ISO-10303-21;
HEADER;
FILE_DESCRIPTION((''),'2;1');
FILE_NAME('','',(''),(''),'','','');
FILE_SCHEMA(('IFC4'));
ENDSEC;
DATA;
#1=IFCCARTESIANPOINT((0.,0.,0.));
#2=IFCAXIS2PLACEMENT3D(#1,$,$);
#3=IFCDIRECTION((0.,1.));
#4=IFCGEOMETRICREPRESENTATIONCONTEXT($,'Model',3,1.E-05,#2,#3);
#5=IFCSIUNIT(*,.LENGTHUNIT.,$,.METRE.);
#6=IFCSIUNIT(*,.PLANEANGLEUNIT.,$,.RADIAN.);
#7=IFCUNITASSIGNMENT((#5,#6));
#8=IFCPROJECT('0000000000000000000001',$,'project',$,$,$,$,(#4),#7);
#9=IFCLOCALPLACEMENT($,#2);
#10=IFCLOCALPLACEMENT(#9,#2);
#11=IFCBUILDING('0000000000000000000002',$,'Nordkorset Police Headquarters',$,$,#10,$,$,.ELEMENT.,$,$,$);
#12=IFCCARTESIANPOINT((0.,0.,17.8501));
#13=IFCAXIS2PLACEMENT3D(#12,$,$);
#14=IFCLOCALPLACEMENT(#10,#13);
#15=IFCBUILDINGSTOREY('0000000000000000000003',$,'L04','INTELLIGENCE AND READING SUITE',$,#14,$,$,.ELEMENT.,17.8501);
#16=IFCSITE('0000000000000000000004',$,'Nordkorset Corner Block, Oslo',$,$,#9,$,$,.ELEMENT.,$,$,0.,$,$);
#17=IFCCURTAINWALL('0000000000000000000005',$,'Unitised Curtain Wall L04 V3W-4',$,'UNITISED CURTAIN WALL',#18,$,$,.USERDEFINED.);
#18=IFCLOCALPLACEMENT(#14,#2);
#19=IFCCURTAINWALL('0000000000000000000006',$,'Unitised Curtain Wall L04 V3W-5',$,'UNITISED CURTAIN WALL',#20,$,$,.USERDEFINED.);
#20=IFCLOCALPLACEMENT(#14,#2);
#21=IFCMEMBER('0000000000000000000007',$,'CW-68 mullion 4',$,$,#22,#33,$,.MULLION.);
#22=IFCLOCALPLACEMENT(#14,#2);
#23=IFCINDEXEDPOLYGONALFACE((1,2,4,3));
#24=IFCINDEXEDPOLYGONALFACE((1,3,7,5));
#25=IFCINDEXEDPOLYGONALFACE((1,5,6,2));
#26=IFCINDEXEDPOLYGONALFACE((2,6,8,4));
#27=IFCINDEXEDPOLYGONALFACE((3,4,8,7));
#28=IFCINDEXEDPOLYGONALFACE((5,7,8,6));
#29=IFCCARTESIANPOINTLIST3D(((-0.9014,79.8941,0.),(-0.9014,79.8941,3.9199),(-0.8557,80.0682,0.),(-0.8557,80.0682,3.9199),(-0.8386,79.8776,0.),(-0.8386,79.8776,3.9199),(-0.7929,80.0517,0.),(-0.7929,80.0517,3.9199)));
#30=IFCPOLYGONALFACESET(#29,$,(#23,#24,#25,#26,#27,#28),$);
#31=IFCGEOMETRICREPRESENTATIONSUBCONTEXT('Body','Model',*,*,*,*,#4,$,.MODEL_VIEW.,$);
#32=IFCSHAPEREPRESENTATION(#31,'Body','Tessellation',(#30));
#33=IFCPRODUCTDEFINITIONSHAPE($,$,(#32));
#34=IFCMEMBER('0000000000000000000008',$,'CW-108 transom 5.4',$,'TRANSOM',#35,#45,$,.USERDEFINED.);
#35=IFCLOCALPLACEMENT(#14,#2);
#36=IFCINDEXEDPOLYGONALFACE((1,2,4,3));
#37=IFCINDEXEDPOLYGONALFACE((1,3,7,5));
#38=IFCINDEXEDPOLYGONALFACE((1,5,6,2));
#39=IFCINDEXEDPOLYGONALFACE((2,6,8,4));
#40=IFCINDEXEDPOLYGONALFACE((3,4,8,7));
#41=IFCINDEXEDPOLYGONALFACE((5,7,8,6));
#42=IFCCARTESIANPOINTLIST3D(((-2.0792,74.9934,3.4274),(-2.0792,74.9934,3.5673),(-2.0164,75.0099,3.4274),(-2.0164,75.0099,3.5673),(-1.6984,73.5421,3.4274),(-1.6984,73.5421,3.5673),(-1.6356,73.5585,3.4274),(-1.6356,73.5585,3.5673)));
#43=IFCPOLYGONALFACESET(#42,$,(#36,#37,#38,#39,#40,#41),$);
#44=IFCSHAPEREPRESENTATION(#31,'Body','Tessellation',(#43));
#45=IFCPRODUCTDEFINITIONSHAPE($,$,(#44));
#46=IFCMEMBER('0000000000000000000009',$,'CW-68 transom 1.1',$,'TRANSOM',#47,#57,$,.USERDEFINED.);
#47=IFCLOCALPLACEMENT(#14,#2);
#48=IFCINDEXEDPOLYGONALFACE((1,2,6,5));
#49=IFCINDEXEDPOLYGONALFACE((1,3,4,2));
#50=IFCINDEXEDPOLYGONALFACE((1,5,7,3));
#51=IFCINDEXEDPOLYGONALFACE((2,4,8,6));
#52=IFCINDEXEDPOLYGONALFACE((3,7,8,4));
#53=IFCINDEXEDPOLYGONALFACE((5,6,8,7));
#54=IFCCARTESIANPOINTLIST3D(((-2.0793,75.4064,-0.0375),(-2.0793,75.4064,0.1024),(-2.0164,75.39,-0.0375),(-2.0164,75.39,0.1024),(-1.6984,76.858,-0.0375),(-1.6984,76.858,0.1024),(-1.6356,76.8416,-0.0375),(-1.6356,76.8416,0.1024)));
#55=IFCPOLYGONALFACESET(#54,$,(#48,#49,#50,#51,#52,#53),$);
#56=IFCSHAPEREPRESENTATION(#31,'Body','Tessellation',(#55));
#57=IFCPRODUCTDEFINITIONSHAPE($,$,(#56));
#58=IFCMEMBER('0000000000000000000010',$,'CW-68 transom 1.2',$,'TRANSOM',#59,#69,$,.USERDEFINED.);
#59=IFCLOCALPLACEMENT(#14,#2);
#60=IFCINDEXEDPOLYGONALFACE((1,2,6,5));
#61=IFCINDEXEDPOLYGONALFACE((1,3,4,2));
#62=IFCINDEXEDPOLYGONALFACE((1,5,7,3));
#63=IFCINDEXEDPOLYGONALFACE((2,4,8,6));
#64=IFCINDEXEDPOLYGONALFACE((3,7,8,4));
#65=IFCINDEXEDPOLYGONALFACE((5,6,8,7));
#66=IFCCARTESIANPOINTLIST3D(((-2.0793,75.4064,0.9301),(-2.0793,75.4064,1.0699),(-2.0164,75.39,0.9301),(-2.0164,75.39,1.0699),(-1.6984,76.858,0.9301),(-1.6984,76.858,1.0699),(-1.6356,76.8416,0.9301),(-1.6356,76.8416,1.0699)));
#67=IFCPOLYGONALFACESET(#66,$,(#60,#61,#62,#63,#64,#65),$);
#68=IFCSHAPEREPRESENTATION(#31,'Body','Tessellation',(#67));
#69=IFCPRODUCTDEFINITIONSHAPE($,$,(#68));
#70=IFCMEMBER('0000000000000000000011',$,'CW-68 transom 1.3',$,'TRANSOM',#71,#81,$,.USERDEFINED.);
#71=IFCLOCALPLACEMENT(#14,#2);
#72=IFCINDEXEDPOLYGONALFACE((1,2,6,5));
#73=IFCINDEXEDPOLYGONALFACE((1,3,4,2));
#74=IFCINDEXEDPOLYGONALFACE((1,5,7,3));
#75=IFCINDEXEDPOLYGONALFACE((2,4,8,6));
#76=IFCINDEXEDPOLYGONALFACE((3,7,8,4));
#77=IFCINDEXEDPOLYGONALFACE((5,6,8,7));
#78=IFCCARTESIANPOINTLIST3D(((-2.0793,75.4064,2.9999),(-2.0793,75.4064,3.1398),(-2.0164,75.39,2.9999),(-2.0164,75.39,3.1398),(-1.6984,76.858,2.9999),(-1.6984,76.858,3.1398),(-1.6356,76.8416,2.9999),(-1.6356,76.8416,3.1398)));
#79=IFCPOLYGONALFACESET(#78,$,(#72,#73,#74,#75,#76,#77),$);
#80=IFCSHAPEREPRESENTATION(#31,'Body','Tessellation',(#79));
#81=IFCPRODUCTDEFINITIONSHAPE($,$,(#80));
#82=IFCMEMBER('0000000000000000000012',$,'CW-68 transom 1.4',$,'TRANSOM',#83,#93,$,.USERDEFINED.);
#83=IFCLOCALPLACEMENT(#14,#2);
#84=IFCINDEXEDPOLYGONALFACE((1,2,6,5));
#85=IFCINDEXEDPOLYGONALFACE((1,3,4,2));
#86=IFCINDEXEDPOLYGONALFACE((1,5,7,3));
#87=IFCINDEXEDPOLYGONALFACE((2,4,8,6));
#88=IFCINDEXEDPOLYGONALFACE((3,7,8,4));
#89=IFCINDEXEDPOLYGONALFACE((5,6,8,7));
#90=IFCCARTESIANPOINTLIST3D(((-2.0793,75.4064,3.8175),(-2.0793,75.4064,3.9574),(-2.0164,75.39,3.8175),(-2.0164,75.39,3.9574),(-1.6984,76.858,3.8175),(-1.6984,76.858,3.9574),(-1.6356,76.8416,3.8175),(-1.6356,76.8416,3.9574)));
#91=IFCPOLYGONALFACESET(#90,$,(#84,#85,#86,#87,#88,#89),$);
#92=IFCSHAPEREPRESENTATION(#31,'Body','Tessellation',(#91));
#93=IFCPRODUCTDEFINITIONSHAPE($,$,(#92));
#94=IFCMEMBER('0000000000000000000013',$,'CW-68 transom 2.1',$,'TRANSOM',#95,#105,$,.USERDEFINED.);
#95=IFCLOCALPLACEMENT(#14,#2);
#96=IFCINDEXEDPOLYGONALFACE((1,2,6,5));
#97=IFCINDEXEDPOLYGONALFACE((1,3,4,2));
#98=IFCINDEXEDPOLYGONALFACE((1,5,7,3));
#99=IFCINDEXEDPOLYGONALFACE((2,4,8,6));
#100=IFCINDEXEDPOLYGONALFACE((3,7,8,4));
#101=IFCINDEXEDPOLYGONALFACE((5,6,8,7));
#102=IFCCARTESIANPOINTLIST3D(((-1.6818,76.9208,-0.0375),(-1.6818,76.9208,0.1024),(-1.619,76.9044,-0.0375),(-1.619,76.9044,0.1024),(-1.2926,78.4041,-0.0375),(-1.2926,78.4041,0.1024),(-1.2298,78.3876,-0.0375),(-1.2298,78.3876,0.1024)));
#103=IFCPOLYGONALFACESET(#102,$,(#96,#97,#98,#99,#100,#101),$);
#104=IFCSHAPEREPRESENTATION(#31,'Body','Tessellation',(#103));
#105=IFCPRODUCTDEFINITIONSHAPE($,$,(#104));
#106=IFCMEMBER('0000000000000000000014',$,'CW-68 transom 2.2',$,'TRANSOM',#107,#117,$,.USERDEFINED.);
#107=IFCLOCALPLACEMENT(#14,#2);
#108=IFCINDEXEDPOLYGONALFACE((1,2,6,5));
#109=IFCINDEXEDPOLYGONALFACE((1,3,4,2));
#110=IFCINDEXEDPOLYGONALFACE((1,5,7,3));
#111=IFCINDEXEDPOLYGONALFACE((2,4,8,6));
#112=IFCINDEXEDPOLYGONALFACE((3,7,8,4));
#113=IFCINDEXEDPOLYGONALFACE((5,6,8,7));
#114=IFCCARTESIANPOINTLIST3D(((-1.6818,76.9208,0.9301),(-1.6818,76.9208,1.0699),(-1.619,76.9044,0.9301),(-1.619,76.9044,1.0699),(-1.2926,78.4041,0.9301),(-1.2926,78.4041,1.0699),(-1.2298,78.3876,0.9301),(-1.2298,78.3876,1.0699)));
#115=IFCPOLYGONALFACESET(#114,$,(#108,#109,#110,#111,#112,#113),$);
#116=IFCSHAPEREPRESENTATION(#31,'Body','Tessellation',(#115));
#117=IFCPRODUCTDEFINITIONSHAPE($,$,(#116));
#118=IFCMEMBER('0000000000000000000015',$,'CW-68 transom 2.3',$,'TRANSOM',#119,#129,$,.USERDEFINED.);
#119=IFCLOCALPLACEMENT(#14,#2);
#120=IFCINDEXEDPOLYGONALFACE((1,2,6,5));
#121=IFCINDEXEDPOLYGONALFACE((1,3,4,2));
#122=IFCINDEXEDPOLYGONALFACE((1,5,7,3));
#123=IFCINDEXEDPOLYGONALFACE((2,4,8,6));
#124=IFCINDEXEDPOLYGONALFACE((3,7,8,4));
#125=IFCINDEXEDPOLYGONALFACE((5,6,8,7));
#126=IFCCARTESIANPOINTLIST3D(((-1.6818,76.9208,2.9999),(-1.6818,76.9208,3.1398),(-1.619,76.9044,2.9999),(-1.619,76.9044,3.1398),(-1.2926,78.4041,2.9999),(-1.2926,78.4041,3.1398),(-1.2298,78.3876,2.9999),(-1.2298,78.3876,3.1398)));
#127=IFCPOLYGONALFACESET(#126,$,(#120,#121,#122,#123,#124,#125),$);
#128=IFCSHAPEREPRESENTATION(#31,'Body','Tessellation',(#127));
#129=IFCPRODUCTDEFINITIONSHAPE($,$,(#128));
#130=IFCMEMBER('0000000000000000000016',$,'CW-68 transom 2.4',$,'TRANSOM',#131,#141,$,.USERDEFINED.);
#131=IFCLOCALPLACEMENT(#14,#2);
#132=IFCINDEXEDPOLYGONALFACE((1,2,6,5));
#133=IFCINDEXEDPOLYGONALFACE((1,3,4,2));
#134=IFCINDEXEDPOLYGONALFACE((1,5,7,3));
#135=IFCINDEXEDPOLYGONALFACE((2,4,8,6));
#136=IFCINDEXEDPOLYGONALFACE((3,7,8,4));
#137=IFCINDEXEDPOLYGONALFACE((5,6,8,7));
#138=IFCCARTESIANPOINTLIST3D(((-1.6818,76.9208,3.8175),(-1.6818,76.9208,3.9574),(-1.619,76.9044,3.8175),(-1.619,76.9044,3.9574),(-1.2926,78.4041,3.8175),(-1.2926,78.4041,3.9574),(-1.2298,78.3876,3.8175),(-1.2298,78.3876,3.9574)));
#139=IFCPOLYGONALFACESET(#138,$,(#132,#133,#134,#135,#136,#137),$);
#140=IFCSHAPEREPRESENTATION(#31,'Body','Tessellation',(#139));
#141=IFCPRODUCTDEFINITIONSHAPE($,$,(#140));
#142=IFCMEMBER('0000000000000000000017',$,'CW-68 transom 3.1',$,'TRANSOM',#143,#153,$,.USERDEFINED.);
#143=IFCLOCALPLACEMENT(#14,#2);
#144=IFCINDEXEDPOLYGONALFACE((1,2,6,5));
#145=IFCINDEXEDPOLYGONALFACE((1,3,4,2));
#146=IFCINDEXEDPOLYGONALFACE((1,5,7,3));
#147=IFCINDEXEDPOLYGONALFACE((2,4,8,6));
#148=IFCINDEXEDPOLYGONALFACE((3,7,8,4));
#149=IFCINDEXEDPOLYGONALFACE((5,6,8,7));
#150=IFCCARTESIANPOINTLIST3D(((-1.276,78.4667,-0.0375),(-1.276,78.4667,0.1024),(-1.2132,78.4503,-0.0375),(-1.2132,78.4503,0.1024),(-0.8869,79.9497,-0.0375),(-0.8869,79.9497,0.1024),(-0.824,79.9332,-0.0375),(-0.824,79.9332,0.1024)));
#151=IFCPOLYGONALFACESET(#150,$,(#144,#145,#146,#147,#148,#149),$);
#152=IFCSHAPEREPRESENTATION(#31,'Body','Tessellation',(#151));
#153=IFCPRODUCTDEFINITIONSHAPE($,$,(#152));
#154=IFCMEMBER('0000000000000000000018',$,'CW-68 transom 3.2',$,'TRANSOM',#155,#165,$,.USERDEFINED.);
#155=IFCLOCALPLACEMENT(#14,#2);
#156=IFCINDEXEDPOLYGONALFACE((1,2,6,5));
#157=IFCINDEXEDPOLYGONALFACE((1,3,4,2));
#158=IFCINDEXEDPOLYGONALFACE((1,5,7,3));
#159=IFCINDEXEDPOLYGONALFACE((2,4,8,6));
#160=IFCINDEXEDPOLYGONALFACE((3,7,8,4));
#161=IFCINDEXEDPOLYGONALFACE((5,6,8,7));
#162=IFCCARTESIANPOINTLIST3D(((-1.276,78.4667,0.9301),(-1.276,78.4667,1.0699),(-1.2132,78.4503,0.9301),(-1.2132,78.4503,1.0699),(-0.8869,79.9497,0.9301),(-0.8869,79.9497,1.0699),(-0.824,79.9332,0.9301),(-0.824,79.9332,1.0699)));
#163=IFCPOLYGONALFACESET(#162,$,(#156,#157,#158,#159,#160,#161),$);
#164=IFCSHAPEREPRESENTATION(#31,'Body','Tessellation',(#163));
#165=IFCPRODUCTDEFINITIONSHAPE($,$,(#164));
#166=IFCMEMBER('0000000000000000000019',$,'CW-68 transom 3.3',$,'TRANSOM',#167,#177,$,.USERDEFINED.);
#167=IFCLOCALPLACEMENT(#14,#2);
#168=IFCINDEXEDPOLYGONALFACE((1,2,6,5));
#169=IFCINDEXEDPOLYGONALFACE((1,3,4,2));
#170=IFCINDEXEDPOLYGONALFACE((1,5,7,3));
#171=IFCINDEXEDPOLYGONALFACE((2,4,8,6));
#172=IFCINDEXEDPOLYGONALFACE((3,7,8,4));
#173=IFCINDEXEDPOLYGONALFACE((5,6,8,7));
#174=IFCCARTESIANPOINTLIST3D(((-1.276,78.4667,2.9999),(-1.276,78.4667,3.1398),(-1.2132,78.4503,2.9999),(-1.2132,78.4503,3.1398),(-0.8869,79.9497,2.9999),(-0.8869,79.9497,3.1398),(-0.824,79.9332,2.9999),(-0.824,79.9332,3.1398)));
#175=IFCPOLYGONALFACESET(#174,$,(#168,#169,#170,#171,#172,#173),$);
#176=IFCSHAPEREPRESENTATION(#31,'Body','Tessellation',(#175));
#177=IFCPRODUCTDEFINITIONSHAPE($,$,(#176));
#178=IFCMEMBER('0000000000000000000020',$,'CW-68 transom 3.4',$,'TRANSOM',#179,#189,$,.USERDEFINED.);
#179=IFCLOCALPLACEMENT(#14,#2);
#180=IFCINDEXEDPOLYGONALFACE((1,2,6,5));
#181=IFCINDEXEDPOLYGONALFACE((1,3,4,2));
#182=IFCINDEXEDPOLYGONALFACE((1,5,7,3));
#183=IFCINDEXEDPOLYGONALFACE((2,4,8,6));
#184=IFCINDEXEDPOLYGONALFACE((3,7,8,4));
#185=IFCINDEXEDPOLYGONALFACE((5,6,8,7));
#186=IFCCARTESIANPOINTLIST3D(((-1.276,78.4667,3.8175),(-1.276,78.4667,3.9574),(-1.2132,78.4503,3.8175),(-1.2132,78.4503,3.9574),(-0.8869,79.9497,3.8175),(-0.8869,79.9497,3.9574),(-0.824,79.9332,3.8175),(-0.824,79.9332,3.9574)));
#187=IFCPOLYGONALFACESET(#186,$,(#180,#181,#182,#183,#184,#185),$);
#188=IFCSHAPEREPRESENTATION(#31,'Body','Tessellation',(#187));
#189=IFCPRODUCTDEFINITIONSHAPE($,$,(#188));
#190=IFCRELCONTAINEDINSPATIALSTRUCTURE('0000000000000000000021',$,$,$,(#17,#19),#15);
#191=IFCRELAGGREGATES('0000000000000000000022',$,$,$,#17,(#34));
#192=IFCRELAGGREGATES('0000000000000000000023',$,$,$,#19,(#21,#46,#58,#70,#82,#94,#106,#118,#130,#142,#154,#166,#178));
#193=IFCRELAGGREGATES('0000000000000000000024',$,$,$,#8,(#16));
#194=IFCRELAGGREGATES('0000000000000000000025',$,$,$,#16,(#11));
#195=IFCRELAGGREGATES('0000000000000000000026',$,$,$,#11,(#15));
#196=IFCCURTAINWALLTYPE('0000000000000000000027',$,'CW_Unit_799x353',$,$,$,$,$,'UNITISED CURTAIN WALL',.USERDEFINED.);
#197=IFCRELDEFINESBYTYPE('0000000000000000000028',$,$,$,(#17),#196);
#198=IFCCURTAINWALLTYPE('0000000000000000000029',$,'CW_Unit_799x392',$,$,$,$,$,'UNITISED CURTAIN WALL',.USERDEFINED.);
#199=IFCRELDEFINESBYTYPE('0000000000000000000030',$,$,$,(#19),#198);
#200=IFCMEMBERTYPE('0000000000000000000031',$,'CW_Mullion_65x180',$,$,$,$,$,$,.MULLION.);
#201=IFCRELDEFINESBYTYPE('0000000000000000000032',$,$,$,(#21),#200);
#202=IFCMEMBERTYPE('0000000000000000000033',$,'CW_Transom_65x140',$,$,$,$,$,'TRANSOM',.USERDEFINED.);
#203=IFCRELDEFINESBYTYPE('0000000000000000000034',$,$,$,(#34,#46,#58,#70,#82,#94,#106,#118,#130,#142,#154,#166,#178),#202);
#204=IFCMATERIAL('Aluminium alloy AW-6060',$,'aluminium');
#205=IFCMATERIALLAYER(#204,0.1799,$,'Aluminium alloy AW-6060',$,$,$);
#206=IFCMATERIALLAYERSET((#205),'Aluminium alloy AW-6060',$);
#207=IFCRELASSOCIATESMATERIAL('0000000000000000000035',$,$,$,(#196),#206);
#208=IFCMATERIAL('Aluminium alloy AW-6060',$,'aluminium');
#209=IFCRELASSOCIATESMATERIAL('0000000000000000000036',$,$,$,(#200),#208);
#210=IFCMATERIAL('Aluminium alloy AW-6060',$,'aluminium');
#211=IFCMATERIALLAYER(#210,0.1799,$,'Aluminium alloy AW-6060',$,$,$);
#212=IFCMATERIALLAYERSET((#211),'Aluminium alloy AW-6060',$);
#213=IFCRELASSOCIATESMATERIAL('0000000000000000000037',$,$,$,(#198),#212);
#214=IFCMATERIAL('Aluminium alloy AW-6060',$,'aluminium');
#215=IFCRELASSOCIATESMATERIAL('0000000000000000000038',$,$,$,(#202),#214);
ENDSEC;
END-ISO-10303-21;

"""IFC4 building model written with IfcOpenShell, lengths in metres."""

from ifc_helpers import new_model, si_unit, direction, frame, origin, origin_2d, place, context, subcontext, project, spatial, rectangle, extrude, material, layer, layer_set, material_profile, profile_set, type_object, element, aggregate, save


model = new_model("IFC4")

# Units and contexts
model_context = context("Model", 3, precision=1e-05, world=origin(), true_north=direction((0.0, 1.0)))
body_context = subcontext(model_context, "Body", "Model", "MODEL_VIEW")
ifc_project = project(units=[si_unit("LENGTHUNIT", "METRE"), si_unit("PLANEANGLEUNIT", "RADIAN")], contexts=[model_context])

# Site, building, storey
site_placement = place(None, origin())
site = spatial("IfcSite", under=ifc_project, at=site_placement, Name="Nordkorset Corner Block, Oslo", CompositionType="ELEMENT", RefElevation=0.0)
building_placement = place(site_placement, origin())
building = spatial("IfcBuilding", under=site, at=building_placement, Name="Nordkorset Police Headquarters", CompositionType="ELEMENT")
storey_placement = place(building_placement, frame((0.0, 0.0, 17.8501)))
storey = spatial("IfcBuildingStorey", under=building, at=storey_placement, Name="L04", Description="INTELLIGENCE AND READING SUITE", CompositionType="ELEMENT", Elevation=17.8501)

# Curtain wall
ifc_material_1 = material(Name="Aluminium alloy AW-6060", Category="aluminium")
ifc_layer_1 = layer(ifc_material_1, 0.1799, Name="Aluminium alloy AW-6060")
ifc_layer_set_1 = layer_set([ifc_layer_1], Name="Aluminium alloy AW-6060")
curtain_wall_type_1 = type_object("IfcCurtainWallType", Name="CW_Unit_799x353", ElementType="UNITISED CURTAIN WALL", PredefinedType="USERDEFINED", material=ifc_layer_set_1)
curtain_wall_1_placement = place(storey_placement, origin())
curtain_wall_1 = element("IfcCurtainWall", 1, at=curtain_wall_1_placement, inside=storey, type_object=curtain_wall_type_1, Name="Unitised Curtain Wall L04 V3W-4", ObjectType="UNITISED CURTAIN WALL", PredefinedType="USERDEFINED")
ifc_material_2 = material(Name="Aluminium alloy AW-6060", Category="aluminium")
ifc_material_profile_1 = material_profile(ifc_material_2, rectangle(XDim=0.0649, YDim=0.1799, at=origin_2d()), Name="ALU MULL 65x180")
ifc_profile_set_1 = profile_set([ifc_material_profile_1], Name="Aluminium alloy AW-6060")
member_type_1 = type_object("IfcMemberType", Name="CW_Mullion_65x180", PredefinedType="MULLION", material=ifc_profile_set_1)

# Curtain wall, member
ifc_material_3 = material(Name="Aluminium alloy AW-6060", Category="aluminium")
ifc_layer_2 = layer(ifc_material_3, 0.1799, Name="Aluminium alloy AW-6060")
ifc_layer_set_2 = layer_set([ifc_layer_2], Name="Aluminium alloy AW-6060")
curtain_wall_type_2 = type_object("IfcCurtainWallType", Name="CW_Unit_799x392", ElementType="UNITISED CURTAIN WALL", PredefinedType="USERDEFINED", material=ifc_layer_set_2)
curtain_wall_2_placement = place(storey_placement, origin())
curtain_wall_2 = element("IfcCurtainWall", 2, at=curtain_wall_2_placement, inside=storey, type_object=curtain_wall_type_2, Name="Unitised Curtain Wall L04 V3W-5", ObjectType="UNITISED CURTAIN WALL", PredefinedType="USERDEFINED")
member_1_placement = place(storey_placement, frame((-0.8472, 79.9729, 0.0), z_axis=(0.0, 0.0, 1.0), x_axis=(-0.967231, 0.253897, 0.0)))
member_1 = element("IfcMember", 3, at=member_1_placement, type_object=member_type_1, Name="CW-68 mullion 4", PredefinedType="MULLION", context=body_context, shape_type="SweptSolid", body=[
    extrude(rectangle(XDim=0.0649, YDim=0.1799, at=origin_2d()), origin(), (0.0, 0.0, 1.0), 3.9199),
])

# Members
ifc_material_4 = material(Name="Aluminium alloy AW-6060", Category="aluminium")
ifc_material_profile_2 = material_profile(ifc_material_4, rectangle(XDim=0.0649, YDim=0.1399, at=origin_2d()), Name="ALU TRAN 65x140")
ifc_profile_set_2 = profile_set([ifc_material_profile_2], Name="Aluminium alloy AW-6060")
member_type_2 = type_object("IfcMemberType", Name="CW_Transom_65x140", ElementType="TRANSOM", PredefinedType="USERDEFINED", material=ifc_profile_set_2)
member_2_placement = place(storey_placement, frame((-1.667, 73.5503, 3.4973), z_axis=(-0.253813, 0.967253, 0.0), x_axis=(-0.967253, -0.253813, 0.0)))
member_2 = element("IfcMember", 4, at=member_2_placement, type_object=member_type_2, Name="CW-108 transom 5.4", ObjectType="TRANSOM", PredefinedType="USERDEFINED", context=body_context, shape_type="SweptSolid", body=[
    extrude(rectangle(XDim=0.0649, YDim=0.1399, at=origin_2d()), origin(), (0.0, 0.0, 1.0), 1.5005),
])
member_3_placement = place(storey_placement, frame((-2.0479, 75.3982, 0.0325), z_axis=(0.253773, 0.967264, 0.0), x_axis=(-0.967264, 0.253773, 0.0)))
member_3 = element("IfcMember", 5, at=member_3_placement, type_object=member_type_2, Name="CW-68 transom 1.1", ObjectType="TRANSOM", PredefinedType="USERDEFINED", context=body_context, shape_type="SweptSolid", body=[
    extrude(rectangle(XDim=0.0649, YDim=0.1399, at=origin_2d()), origin(), (0.0, 0.0, 1.0), 1.5007),
])
member_4_placement = place(storey_placement, frame((-2.0479, 75.3982, 1.0), z_axis=(0.253773, 0.967264, 0.0), x_axis=(-0.967264, 0.253773, 0.0)))
member_4 = element("IfcMember", 6, at=member_4_placement, type_object=member_type_2, Name="CW-68 transom 1.2", ObjectType="TRANSOM", PredefinedType="USERDEFINED", context=body_context, shape_type="SweptSolid", body=[
    extrude(rectangle(XDim=0.0649, YDim=0.1399, at=origin_2d()), origin(), (0.0, 0.0, 1.0), 1.5007),
])
member_5_placement = place(storey_placement, frame((-2.0479, 75.3982, 3.0698), z_axis=(0.253773, 0.967264, 0.0), x_axis=(-0.967264, 0.253773, 0.0)))
member_5 = element("IfcMember", 7, at=member_5_placement, type_object=member_type_2, Name="CW-68 transom 1.3", ObjectType="TRANSOM", PredefinedType="USERDEFINED", context=body_context, shape_type="SweptSolid", body=[
    extrude(rectangle(XDim=0.0649, YDim=0.1399, at=origin_2d()), origin(), (0.0, 0.0, 1.0), 1.5007),
])
member_6_placement = place(storey_placement, frame((-2.0479, 75.3982, 3.8875), z_axis=(0.253773, 0.967264, 0.0), x_axis=(-0.967264, 0.253773, 0.0)))
member_6 = element("IfcMember", 8, at=member_6_placement, type_object=member_type_2, Name="CW-68 transom 1.4", ObjectType="TRANSOM", PredefinedType="USERDEFINED", context=body_context, shape_type="SweptSolid", body=[
    extrude(rectangle(XDim=0.0649, YDim=0.1399, at=origin_2d()), origin(), (0.0, 0.0, 1.0), 1.5007),
])
member_7_placement = place(storey_placement, frame((-1.6504, 76.9126, 0.0325), z_axis=(0.253796, 0.967258, 0.0), x_axis=(-0.967258, 0.253796, 0.0)))
member_7 = element("IfcMember", 9, at=member_7_placement, type_object=member_type_2, Name="CW-68 transom 2.1", ObjectType="TRANSOM", PredefinedType="USERDEFINED", context=body_context, shape_type="SweptSolid", body=[
    extrude(rectangle(XDim=0.0649, YDim=0.1399, at=origin_2d()), origin(), (0.0, 0.0, 1.0), 1.5334),
])
member_8_placement = place(storey_placement, frame((-1.6504, 76.9126, 1.0), z_axis=(0.253796, 0.967258, 0.0), x_axis=(-0.967258, 0.253796, 0.0)))
member_8 = element("IfcMember", 10, at=member_8_placement, type_object=member_type_2, Name="CW-68 transom 2.2", ObjectType="TRANSOM", PredefinedType="USERDEFINED", context=body_context, shape_type="SweptSolid", body=[
    extrude(rectangle(XDim=0.0649, YDim=0.1399, at=origin_2d()), origin(), (0.0, 0.0, 1.0), 1.5334),
])
member_9_placement = place(storey_placement, frame((-1.6504, 76.9126, 3.0698), z_axis=(0.253796, 0.967258, 0.0), x_axis=(-0.967258, 0.253796, 0.0)))
member_9 = element("IfcMember", 11, at=member_9_placement, type_object=member_type_2, Name="CW-68 transom 2.3", ObjectType="TRANSOM", PredefinedType="USERDEFINED", context=body_context, shape_type="SweptSolid", body=[
    extrude(rectangle(XDim=0.0649, YDim=0.1399, at=origin_2d()), origin(), (0.0, 0.0, 1.0), 1.5334),
])
member_10_placement = place(storey_placement, frame((-1.6504, 76.9126, 3.8875), z_axis=(0.253796, 0.967258, 0.0), x_axis=(-0.967258, 0.253796, 0.0)))
member_10 = element("IfcMember", 12, at=member_10_placement, type_object=member_type_2, Name="CW-68 transom 2.4", ObjectType="TRANSOM", PredefinedType="USERDEFINED", context=body_context, shape_type="SweptSolid", body=[
    extrude(rectangle(XDim=0.0649, YDim=0.1399, at=origin_2d()), origin(), (0.0, 0.0, 1.0), 1.5334),
])
member_11_placement = place(storey_placement, frame((-1.2446, 78.4585, 0.0325), z_axis=(0.253835, 0.967248, 0.0), x_axis=(-0.967248, 0.253835, 0.0)))
member_11 = element("IfcMember", 13, at=member_11_placement, type_object=member_type_2, Name="CW-68 transom 3.1", ObjectType="TRANSOM", PredefinedType="USERDEFINED", context=body_context, shape_type="SweptSolid", body=[
    extrude(rectangle(XDim=0.0649, YDim=0.1399, at=origin_2d()), origin(), (0.0, 0.0, 1.0), 1.5332),
])
member_12_placement = place(storey_placement, frame((-1.2446, 78.4585, 1.0), z_axis=(0.253835, 0.967248, 0.0), x_axis=(-0.967248, 0.253835, 0.0)))
member_12 = element("IfcMember", 14, at=member_12_placement, type_object=member_type_2, Name="CW-68 transom 3.2", ObjectType="TRANSOM", PredefinedType="USERDEFINED", context=body_context, shape_type="SweptSolid", body=[
    extrude(rectangle(XDim=0.0649, YDim=0.1399, at=origin_2d()), origin(), (0.0, 0.0, 1.0), 1.5332),
])
member_13_placement = place(storey_placement, frame((-1.2446, 78.4585, 3.0698), z_axis=(0.253835, 0.967248, 0.0), x_axis=(-0.967248, 0.253835, 0.0)))
member_13 = element("IfcMember", 15, at=member_13_placement, type_object=member_type_2, Name="CW-68 transom 3.3", ObjectType="TRANSOM", PredefinedType="USERDEFINED", context=body_context, shape_type="SweptSolid", body=[
    extrude(rectangle(XDim=0.0649, YDim=0.1399, at=origin_2d()), origin(), (0.0, 0.0, 1.0), 1.5332),
])
member_14_placement = place(storey_placement, frame((-1.2446, 78.4585, 3.8875), z_axis=(0.253835, 0.967248, 0.0), x_axis=(-0.967248, 0.253835, 0.0)))
member_14 = element("IfcMember", 16, at=member_14_placement, type_object=member_type_2, Name="CW-68 transom 3.4", ObjectType="TRANSOM", PredefinedType="USERDEFINED", context=body_context, shape_type="SweptSolid", body=[
    extrude(rectangle(XDim=0.0649, YDim=0.1399, at=origin_2d()), origin(), (0.0, 0.0, 1.0), 1.5332),
])

aggregate(curtain_wall_1, [member_2])
aggregate(curtain_wall_2, [member_1, member_3, member_4, member_5, member_6, member_7, member_8, member_9, member_10, member_11, member_12, member_13, member_14])

save(model, "model.ifc")
